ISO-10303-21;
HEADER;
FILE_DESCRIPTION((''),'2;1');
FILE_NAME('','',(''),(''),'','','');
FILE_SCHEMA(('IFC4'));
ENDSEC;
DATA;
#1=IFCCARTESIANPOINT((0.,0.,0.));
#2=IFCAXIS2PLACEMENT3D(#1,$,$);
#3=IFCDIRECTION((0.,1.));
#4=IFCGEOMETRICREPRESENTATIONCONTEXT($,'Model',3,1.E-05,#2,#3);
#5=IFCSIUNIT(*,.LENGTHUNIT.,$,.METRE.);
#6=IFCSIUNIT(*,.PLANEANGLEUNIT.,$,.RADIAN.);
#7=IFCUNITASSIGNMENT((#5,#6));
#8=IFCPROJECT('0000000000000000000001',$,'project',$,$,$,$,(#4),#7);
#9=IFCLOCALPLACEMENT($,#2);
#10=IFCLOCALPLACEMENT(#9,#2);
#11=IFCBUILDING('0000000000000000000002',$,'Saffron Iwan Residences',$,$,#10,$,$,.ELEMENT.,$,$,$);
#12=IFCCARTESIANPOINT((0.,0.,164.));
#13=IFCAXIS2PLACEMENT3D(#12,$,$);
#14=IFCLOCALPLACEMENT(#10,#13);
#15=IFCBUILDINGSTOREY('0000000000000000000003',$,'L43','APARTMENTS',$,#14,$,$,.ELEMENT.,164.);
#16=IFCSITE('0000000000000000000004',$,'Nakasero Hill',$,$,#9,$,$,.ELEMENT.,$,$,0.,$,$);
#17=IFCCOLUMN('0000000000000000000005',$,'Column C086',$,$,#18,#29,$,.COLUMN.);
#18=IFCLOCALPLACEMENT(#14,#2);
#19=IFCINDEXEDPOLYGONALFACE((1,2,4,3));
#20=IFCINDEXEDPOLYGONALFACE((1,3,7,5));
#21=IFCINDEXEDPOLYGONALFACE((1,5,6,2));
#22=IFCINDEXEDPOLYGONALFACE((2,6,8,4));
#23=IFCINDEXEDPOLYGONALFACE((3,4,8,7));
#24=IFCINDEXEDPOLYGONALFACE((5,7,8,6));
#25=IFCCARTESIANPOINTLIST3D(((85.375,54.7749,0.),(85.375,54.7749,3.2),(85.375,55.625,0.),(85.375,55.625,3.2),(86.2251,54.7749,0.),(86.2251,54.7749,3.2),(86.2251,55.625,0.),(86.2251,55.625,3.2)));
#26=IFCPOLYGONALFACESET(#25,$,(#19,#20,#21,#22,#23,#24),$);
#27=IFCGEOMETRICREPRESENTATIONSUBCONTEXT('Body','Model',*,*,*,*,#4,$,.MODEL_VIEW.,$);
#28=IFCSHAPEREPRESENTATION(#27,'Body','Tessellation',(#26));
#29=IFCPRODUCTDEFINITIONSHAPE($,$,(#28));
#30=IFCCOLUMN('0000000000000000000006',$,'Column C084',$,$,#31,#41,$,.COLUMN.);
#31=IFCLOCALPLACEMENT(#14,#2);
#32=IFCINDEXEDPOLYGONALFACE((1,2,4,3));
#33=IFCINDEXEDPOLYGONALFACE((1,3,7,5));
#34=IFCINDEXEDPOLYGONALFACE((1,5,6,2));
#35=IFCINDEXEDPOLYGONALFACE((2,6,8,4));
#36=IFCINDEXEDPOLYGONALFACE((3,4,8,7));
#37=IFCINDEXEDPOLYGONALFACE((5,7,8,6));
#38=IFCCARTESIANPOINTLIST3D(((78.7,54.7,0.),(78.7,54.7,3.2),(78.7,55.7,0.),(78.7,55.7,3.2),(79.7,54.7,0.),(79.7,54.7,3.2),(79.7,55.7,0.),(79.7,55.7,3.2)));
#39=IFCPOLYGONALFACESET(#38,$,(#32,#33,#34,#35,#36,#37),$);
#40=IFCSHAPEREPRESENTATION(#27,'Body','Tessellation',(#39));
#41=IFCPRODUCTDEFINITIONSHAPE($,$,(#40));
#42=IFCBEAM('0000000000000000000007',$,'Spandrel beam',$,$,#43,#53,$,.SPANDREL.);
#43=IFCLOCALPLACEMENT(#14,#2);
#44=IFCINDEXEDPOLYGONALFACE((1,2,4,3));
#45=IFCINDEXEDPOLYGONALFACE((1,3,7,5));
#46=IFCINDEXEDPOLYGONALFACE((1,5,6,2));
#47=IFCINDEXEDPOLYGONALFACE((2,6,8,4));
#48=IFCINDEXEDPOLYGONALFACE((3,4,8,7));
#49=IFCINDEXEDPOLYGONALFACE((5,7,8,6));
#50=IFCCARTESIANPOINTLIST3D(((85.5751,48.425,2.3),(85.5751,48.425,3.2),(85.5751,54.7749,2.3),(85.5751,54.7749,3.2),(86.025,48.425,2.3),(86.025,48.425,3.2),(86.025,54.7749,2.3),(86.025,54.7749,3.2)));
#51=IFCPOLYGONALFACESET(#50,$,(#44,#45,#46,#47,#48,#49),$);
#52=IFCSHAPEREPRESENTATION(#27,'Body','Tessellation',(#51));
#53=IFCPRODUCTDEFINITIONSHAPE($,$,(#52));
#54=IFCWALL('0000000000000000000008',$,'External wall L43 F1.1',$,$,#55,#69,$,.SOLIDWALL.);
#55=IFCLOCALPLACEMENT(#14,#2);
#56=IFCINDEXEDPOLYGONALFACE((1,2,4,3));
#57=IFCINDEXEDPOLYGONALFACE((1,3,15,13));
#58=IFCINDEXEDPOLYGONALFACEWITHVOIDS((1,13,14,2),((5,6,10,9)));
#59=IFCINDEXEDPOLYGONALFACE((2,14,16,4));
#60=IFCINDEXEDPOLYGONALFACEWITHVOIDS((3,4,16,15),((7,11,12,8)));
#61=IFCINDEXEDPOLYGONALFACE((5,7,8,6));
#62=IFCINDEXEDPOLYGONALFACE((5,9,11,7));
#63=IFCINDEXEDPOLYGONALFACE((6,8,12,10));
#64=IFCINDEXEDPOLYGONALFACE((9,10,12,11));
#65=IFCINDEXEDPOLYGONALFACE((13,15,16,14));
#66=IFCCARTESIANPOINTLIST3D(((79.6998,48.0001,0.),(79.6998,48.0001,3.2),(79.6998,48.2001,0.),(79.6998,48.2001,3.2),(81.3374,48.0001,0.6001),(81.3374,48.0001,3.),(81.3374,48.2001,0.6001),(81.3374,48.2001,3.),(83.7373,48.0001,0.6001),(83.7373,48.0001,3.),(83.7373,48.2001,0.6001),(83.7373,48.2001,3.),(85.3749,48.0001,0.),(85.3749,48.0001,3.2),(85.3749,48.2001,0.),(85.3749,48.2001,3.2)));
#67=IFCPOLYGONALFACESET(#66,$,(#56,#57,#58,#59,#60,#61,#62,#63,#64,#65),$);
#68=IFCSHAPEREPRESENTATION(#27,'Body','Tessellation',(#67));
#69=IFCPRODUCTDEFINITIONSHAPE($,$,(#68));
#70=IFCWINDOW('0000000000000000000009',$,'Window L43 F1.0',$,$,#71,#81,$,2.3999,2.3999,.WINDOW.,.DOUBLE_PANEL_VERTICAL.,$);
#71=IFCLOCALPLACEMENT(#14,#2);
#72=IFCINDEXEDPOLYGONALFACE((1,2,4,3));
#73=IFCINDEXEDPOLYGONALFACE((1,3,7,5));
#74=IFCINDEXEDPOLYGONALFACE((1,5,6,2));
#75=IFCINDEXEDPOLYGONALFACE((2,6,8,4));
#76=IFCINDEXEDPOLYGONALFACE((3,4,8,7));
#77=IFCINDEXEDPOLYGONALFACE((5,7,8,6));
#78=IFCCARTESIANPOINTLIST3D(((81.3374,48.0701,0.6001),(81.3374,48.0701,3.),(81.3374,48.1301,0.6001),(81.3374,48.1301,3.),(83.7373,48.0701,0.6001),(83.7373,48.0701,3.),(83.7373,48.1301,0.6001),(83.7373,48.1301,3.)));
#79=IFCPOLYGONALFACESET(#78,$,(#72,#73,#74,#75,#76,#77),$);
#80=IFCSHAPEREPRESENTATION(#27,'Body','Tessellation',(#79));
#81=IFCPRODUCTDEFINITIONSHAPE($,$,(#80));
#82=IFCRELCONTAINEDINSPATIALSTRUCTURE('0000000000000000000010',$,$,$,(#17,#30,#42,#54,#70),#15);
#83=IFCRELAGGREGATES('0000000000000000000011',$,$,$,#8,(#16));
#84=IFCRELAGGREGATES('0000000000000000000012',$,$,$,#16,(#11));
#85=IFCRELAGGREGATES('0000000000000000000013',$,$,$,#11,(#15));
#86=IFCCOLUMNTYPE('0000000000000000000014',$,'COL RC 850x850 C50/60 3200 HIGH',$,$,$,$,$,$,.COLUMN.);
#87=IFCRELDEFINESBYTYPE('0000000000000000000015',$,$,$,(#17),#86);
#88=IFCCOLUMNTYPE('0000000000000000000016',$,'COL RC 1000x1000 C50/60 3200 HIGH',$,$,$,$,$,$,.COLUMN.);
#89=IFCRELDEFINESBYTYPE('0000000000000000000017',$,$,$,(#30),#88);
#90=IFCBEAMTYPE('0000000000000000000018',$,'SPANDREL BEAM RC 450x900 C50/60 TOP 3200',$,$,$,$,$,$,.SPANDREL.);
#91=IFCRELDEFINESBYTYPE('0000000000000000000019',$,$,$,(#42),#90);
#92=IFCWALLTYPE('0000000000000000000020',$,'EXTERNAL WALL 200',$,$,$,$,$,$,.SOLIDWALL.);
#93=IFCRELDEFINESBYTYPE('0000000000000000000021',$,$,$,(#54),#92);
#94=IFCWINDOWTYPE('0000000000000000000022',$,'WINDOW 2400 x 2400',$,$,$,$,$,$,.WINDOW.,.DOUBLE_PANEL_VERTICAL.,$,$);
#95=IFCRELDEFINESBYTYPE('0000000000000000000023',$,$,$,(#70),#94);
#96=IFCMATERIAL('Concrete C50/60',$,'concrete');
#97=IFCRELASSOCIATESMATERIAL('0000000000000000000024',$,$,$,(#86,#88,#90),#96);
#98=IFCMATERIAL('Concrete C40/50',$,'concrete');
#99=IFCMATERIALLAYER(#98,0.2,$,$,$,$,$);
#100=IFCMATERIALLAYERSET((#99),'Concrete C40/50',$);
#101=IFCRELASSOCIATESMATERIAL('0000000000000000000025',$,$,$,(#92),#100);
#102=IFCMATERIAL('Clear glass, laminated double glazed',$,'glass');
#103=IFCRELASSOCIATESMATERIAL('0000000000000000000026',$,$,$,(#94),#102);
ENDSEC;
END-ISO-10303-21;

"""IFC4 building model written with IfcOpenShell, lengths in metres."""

from ifc_helpers import new_model, si_unit, direction, frame, frame_2d, origin, origin_2d, place, context, subcontext, project, spatial, rectangle, extrude, source, transform, mapped, material, layer, layer_set, material_profile, profile_set, type_object, element, fill, save


model = new_model("IFC4")

# Units and contexts
model_context = context("Model", 3, precision=1e-05, world=origin(), true_north=direction((0.0, 1.0)))
body_context = subcontext(model_context, "Body", "Model", "MODEL_VIEW")
ifc_project = project(units=[si_unit("LENGTHUNIT", "METRE"), si_unit("PLANEANGLEUNIT", "RADIAN")], contexts=[model_context])

# Site, building, storey
site_placement = place(None, origin())
site = spatial("IfcSite", under=ifc_project, at=site_placement, Name="Nakasero Hill", CompositionType="ELEMENT", RefElevation=0.0)
building_placement = place(site_placement, origin())
building = spatial("IfcBuilding", under=site, at=building_placement, Name="Saffron Iwan Residences", CompositionType="ELEMENT")
storey_placement = place(building_placement, frame((0.0, 0.0, 164.0)))
storey = spatial("IfcBuildingStorey", under=building, at=storey_placement, Name="L43", Description="APARTMENTS", CompositionType="ELEMENT", Elevation=164.0)

# Columns
ifc_material_1 = material(Name="Concrete C50/60", Category="concrete")
ifc_material_profile_1 = material_profile(ifc_material_1, rectangle(XDim=0.8501, YDim=0.8501, at=origin_2d()), Name="RC 850x850")
ifc_profile_set_1 = profile_set([ifc_material_profile_1], Name="Concrete C50/60")
column_type_1 = type_object("IfcColumnType", Name="COL RC 850x850 C50/60 3200 HIGH", PredefinedType="COLUMN", material=ifc_profile_set_1)
shared_shape_1 = source(origin(), body_context, "Body", "SweptSolid", [
    extrude(rectangle(XDim=0.8501, YDim=0.8501, at=origin_2d()), origin(), (0.0, 0.0, 1.0), 3.2),
])
column_1_placement = place(storey_placement, frame((85.8, 55.2, 0.0), z_axis=(0.0, 0.0, 1.0), x_axis=(1.0, 0.0, 0.0)))
element("IfcColumn", 1, at=column_1_placement, inside=storey, type_object=column_type_1, Name="Column C086", PredefinedType="COLUMN", context=body_context, shape_type="MappedRepresentation", body=[
    mapped(shared_shape_1, transform((0.0, 0.0, 0.0))),
])
ifc_material_profile_2 = material_profile(ifc_material_1, rectangle(XDim=1.0, YDim=1.0, at=origin_2d()), Name="RC 1000x1000")
ifc_profile_set_2 = profile_set([ifc_material_profile_2], Name="Concrete C50/60")
column_type_2 = type_object("IfcColumnType", Name="COL RC 1000x1000 C50/60 3200 HIGH", PredefinedType="COLUMN", material=ifc_profile_set_2)
shared_shape_2 = source(origin(), body_context, "Body", "SweptSolid", [
    extrude(rectangle(XDim=1.0, YDim=1.0, at=origin_2d()), origin(), (0.0, 0.0, 1.0), 3.2),
])
column_2_placement = place(storey_placement, frame((79.2, 55.2, 0.0), z_axis=(0.0, 0.0, 1.0), x_axis=(1.0, 0.0, 0.0)))
element("IfcColumn", 2, at=column_2_placement, inside=storey, type_object=column_type_2, Name="Column C084", PredefinedType="COLUMN", context=body_context, shape_type="MappedRepresentation", body=[
    mapped(shared_shape_2, transform((0.0, 0.0, 0.0))),
])

# Beam
ifc_material_profile_3 = material_profile(ifc_material_1, rectangle(XDim=0.45, YDim=0.8999, at=origin_2d()), Name="RC 450x900")
ifc_profile_set_3 = profile_set([ifc_material_profile_3], Name="Concrete C50/60")
beam_type = type_object("IfcBeamType", Name="SPANDREL BEAM RC 450x900 C50/60 TOP 3200", PredefinedType="SPANDREL", material=ifc_profile_set_3)
shared_shape_3 = source(origin(), body_context, "Body", "SweptSolid", [
    extrude(rectangle(XDim=0.45, YDim=0.8999, at=origin_2d()), origin(), (0.0, 0.0, 1.0), 6.3499),
])
beam_placement = place(storey_placement, frame((85.8, 54.7749, 2.75), z_axis=(0.0, -1.0, 0.0), x_axis=(1.0, 0.0, 0.0)))
element("IfcBeam", 3, at=beam_placement, inside=storey, type_object=beam_type, Name="Spandrel beam", PredefinedType="SPANDREL", context=body_context, shape_type="MappedRepresentation", body=[
    mapped(shared_shape_3, transform((0.0, 0.0, 0.0))),
])

# Wall, opening, window
ifc_material_2 = material(Name="Concrete C40/50", Category="concrete")
ifc_layer_1 = layer(ifc_material_2, 0.2)
ifc_layer_set_1 = layer_set([ifc_layer_1], Name="Concrete C40/50")
wall_type_1 = type_object("IfcWallType", Name="EXTERNAL WALL 200", PredefinedType="SOLIDWALL", material=ifc_layer_set_1)
wall_1_placement = place(storey_placement, frame((79.7, 48.1001, 0.0), z_axis=(0.0, 0.0, 1.0), x_axis=(1.0, 0.0, 0.0)))
wall_1 = element("IfcWall", 4, at=wall_1_placement, inside=storey, type_object=wall_type_1, Name="External wall L43 F1.1", PredefinedType="SOLIDWALL", context=body_context, shape_type="SweptSolid", body=[
    extrude(rectangle(XDim=5.675, YDim=0.2, at=frame_2d((2.8374, 0.0))), origin(), (0.0, 0.0, 1.0), 3.2),
])
opening_1_placement = place(wall_1_placement, frame((1.6375, 0.0, 0.6001)))
opening_1 = element("IfcOpeningElement", 5, at=opening_1_placement, cuts=wall_1, PredefinedType="OPENING", context=body_context, shape_type="SweptSolid", body=[
    extrude(rectangle(XDim=2.3999, YDim=2.3999, at=frame_2d((1.2, 1.2))), frame((0.0, 0.1099, 0.0), z_axis=(0.0, -1.0, 0.0), x_axis=(1.0, 0.0, 0.0)), (0.0, 0.0, 1.0), 0.22),
])
ifc_material_3 = material(Name="Clear glass, laminated double glazed", Category="glass")
window_type_1 = type_object("IfcWindowType", Name="WINDOW 2400 x 2400", PartitioningType="DOUBLE_PANEL_VERTICAL", PredefinedType="WINDOW", material=ifc_material_3)
window_1_placement = place(opening_1_placement, origin())
window_1 = element("IfcWindow", 6, at=window_1_placement, inside=storey, type_object=window_type_1, Name="Window L43 F1.0", OverallHeight=2.3999, OverallWidth=2.3999, PartitioningType="DOUBLE_PANEL_VERTICAL", PredefinedType="WINDOW", context=body_context, shape_type="SweptSolid", body=[
    extrude(rectangle(XDim=2.3999, YDim=2.3999, at=frame_2d((1.2, 1.2))), frame((0.0, 0.03, 0.0), z_axis=(0.0, -1.0, 0.0), x_axis=(1.0, 0.0, 0.0)), (0.0, 0.0, 1.0), 0.0601),
])
fill(opening_1, window_1)

save(model, "model.ifc")
